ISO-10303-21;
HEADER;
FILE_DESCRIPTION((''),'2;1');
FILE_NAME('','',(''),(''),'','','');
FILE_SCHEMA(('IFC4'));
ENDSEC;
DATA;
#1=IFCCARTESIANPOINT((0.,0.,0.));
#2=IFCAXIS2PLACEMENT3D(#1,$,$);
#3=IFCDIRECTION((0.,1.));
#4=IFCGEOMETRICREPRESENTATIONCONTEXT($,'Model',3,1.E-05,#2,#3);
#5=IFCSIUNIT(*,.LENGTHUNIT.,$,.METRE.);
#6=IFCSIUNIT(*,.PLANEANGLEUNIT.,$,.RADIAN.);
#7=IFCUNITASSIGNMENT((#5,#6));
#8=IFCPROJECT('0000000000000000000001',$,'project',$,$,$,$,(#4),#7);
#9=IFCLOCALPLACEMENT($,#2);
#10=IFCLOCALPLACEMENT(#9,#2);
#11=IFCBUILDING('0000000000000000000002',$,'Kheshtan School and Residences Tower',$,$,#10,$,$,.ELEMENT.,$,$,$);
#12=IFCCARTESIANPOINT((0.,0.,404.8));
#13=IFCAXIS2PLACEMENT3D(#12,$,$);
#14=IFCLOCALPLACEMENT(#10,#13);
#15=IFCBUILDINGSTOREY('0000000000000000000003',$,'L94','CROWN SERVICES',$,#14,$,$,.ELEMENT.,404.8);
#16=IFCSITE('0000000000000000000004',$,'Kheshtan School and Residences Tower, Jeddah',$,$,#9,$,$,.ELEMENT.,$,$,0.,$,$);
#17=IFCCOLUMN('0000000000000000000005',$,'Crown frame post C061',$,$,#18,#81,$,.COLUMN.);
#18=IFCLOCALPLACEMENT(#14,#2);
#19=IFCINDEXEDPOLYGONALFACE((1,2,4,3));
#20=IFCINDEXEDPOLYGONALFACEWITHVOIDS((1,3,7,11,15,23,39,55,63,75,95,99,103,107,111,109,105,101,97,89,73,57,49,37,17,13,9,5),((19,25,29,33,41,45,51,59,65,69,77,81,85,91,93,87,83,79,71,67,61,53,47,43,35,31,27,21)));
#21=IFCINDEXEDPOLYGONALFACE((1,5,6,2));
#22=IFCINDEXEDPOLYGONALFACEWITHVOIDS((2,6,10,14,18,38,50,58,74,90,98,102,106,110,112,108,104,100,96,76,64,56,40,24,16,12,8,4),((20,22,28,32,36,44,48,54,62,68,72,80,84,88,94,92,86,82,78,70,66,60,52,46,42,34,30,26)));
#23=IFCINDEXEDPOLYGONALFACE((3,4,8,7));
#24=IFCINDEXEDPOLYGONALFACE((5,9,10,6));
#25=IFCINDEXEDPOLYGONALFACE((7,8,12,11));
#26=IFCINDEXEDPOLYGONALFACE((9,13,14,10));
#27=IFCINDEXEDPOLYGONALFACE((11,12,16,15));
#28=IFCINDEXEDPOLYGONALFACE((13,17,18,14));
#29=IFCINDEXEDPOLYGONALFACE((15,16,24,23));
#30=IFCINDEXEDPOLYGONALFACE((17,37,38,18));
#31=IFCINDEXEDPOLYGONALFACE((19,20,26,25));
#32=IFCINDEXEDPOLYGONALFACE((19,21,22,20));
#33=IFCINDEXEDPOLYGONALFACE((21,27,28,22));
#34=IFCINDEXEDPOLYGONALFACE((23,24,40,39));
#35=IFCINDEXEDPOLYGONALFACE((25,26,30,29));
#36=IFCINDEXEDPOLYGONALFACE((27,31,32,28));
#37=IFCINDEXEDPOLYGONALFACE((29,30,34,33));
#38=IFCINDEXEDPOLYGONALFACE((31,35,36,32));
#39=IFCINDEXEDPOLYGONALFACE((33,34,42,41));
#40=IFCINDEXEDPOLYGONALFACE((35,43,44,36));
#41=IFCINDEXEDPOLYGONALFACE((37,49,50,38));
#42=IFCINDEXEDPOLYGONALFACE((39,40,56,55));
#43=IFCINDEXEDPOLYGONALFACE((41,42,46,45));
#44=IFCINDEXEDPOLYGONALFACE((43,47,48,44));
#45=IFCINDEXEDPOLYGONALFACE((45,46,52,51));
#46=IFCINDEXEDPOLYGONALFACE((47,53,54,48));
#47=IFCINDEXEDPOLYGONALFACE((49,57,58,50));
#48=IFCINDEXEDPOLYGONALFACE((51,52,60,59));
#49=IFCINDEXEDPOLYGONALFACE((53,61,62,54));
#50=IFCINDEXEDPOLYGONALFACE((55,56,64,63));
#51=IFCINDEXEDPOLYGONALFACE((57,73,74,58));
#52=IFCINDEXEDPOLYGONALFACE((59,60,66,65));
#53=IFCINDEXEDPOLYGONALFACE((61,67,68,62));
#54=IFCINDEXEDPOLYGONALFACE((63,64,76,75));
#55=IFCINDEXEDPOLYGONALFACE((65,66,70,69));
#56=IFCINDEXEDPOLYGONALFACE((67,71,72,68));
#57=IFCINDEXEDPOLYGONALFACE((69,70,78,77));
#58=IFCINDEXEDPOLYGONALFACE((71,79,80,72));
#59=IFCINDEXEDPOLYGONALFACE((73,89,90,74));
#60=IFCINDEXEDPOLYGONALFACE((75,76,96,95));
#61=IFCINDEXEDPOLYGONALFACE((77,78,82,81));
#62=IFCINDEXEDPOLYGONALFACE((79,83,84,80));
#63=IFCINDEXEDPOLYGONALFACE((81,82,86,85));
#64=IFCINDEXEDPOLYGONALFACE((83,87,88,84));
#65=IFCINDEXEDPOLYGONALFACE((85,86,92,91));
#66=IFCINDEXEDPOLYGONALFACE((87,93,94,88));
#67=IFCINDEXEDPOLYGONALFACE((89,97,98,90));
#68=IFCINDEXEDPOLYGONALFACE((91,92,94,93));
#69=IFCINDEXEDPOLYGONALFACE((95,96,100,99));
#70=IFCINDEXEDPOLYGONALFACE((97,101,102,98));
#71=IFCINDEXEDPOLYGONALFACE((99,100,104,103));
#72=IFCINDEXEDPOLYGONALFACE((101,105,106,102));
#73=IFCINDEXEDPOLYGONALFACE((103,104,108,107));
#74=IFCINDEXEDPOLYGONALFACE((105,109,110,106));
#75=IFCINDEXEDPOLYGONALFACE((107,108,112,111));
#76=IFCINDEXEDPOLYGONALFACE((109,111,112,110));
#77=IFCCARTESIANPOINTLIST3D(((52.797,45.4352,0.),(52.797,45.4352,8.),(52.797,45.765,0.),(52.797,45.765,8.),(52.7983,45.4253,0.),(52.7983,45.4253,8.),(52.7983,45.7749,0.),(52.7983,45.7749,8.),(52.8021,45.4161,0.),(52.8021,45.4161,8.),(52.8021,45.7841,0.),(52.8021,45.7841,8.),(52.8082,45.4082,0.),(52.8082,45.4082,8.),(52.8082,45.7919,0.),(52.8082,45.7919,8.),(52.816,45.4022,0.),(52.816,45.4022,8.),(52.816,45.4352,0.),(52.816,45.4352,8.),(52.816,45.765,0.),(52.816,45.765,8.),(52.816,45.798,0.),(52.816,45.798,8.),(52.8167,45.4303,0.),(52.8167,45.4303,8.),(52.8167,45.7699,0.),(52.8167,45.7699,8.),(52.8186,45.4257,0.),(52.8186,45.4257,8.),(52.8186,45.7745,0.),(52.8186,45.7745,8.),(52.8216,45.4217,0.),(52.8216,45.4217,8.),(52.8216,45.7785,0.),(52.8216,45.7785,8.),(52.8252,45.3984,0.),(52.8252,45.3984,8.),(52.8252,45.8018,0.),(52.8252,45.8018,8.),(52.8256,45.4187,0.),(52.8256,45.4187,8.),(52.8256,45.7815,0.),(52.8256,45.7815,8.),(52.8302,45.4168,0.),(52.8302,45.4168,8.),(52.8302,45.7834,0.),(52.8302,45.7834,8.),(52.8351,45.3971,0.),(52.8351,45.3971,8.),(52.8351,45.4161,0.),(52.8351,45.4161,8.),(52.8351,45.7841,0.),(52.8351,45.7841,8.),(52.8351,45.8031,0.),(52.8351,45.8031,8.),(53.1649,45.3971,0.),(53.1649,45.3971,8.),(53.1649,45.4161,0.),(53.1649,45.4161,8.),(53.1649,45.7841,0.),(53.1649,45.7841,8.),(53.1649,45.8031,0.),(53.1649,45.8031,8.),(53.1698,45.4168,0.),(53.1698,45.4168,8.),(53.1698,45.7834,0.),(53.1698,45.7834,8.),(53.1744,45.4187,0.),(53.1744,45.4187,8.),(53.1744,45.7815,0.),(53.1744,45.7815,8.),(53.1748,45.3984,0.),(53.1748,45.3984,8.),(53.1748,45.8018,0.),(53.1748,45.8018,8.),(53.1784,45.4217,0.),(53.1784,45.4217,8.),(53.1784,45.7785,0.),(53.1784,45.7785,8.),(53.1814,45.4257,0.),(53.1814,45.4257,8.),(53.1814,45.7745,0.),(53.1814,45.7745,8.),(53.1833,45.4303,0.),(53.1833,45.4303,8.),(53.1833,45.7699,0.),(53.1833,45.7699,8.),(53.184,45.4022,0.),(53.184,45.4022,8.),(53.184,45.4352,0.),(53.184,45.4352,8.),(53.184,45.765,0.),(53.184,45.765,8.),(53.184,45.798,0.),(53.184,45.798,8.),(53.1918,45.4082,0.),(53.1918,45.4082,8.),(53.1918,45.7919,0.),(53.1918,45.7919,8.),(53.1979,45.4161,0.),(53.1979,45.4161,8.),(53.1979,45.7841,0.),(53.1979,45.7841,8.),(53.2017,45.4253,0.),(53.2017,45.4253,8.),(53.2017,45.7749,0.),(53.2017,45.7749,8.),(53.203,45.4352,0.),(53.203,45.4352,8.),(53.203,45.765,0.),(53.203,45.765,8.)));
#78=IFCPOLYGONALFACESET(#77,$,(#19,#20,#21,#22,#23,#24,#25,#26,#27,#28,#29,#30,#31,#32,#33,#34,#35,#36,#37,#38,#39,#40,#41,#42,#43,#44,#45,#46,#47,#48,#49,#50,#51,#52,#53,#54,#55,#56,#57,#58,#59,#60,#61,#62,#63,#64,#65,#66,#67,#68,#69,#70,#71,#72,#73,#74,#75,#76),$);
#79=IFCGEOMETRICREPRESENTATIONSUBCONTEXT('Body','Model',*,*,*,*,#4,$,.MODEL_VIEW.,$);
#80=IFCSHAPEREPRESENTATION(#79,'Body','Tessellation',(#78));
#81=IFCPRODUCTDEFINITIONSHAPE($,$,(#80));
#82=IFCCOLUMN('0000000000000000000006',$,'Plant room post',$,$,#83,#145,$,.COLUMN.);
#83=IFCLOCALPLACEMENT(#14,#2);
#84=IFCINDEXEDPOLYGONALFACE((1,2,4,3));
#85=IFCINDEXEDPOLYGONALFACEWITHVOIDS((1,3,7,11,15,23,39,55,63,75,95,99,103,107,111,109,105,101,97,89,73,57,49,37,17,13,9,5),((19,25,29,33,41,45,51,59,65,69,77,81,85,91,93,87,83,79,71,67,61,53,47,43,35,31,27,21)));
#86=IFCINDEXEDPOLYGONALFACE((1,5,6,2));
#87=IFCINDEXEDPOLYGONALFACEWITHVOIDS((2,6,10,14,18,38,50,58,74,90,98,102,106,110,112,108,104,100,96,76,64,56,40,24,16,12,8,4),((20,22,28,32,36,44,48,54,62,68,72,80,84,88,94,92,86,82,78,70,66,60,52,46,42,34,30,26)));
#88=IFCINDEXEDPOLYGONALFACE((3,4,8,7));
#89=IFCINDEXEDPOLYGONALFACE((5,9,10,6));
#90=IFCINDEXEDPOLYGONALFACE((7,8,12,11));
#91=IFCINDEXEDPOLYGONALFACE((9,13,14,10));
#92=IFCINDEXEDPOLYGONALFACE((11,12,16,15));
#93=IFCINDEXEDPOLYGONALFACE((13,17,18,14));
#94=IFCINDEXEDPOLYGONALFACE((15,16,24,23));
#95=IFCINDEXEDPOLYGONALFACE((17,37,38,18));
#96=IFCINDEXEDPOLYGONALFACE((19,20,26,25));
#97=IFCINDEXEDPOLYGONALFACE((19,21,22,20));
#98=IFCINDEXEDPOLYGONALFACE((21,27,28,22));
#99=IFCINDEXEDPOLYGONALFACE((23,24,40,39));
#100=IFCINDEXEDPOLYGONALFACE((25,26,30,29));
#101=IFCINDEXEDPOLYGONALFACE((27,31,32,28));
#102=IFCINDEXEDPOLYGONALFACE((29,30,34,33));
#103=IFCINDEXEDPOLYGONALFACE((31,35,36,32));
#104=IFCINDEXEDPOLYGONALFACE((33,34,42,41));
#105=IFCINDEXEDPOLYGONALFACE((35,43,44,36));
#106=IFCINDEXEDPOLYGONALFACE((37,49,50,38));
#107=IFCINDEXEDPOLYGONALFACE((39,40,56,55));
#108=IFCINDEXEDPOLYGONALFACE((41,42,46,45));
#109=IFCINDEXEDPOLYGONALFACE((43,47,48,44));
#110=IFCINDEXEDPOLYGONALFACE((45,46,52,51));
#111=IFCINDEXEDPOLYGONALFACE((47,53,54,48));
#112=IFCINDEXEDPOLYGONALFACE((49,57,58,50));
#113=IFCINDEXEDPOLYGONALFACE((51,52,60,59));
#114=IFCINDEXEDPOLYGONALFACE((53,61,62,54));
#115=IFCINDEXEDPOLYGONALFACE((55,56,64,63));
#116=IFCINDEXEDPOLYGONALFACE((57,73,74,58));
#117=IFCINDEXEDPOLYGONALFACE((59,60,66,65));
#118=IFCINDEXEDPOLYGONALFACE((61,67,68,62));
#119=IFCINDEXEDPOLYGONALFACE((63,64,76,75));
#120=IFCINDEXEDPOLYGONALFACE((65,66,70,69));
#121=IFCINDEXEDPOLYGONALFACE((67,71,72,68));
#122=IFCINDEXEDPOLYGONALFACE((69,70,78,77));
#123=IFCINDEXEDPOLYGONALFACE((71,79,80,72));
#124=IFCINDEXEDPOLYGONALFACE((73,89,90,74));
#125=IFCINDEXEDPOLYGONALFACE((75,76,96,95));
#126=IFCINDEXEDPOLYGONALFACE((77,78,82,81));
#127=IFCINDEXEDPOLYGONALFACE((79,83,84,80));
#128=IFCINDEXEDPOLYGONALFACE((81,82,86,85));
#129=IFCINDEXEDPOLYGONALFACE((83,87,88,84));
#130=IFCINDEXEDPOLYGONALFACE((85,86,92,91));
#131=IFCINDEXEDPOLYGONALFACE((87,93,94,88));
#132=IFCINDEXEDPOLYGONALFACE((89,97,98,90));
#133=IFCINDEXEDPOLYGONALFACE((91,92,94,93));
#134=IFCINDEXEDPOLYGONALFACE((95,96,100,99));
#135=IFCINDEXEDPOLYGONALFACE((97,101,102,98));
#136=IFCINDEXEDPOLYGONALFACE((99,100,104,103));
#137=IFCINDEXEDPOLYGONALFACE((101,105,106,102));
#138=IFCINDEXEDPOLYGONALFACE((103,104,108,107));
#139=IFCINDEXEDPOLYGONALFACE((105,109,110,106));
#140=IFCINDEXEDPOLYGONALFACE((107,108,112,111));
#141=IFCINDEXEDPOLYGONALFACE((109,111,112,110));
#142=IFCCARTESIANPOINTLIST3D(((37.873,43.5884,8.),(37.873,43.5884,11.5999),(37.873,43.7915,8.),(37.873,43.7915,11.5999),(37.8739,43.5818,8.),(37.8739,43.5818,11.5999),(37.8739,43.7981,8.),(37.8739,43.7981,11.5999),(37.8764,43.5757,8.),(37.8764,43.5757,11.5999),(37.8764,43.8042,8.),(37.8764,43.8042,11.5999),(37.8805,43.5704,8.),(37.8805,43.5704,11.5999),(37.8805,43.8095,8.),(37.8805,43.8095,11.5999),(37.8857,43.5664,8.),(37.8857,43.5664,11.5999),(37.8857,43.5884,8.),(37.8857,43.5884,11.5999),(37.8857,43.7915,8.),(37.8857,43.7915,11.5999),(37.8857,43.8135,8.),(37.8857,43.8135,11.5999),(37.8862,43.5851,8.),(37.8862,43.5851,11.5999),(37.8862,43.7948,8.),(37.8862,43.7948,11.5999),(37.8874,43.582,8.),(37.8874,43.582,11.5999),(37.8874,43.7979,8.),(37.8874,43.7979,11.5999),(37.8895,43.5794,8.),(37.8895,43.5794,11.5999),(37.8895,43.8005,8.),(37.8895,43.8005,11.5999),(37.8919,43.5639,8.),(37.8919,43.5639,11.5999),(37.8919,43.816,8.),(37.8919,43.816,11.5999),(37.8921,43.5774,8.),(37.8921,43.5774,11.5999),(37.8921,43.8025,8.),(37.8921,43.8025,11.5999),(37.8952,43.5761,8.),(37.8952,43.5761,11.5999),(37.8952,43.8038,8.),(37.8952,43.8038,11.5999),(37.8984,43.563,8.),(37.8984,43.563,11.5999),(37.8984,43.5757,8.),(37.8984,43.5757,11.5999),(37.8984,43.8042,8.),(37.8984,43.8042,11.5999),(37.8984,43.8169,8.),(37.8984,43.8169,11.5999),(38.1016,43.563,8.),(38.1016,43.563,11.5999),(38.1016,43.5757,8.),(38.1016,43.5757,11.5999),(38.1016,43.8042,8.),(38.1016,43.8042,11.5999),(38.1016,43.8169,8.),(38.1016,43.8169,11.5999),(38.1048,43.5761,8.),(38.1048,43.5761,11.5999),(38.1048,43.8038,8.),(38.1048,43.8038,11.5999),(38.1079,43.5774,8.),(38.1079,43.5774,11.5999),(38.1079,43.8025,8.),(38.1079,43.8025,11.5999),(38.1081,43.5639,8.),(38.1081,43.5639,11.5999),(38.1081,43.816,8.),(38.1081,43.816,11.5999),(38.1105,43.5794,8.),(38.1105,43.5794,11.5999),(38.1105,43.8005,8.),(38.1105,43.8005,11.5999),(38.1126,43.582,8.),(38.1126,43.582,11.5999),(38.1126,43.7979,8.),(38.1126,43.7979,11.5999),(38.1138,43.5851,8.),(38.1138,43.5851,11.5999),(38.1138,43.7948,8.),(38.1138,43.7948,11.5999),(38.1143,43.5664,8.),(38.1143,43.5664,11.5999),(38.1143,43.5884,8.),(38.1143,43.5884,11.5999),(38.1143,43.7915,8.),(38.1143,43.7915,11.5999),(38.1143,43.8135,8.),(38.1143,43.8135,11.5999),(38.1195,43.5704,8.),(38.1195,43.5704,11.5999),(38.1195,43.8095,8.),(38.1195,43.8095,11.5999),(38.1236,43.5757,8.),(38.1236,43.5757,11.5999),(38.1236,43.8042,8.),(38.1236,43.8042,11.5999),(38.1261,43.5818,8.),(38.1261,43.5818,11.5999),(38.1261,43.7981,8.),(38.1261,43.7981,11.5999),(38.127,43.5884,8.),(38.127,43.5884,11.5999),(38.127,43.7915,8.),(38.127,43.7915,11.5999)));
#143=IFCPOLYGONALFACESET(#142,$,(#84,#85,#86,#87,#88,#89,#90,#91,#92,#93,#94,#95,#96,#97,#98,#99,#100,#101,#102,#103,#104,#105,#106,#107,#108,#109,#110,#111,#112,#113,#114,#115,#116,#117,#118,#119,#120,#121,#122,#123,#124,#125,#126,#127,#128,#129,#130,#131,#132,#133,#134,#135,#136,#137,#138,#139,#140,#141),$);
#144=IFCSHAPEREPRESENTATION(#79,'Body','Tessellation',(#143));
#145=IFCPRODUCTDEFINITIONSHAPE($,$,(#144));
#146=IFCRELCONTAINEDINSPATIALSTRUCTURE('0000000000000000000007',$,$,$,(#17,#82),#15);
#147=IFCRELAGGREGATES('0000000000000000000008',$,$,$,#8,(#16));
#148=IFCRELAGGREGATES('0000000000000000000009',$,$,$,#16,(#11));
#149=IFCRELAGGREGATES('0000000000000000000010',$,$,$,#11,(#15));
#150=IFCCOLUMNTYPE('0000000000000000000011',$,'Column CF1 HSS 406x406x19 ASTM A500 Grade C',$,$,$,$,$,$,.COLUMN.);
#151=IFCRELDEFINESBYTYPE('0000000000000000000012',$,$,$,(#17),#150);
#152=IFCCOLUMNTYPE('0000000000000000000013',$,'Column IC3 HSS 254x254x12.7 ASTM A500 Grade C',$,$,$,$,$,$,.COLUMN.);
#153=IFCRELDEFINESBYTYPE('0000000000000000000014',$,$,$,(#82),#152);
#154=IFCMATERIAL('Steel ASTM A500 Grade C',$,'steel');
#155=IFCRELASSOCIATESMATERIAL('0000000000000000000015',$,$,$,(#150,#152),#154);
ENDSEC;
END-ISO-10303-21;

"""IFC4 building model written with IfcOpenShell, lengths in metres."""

from ifc_helpers import new_model, si_unit, direction, frame, origin, origin_2d, place, context, subcontext, project, spatial, hollow_rectangle, extrude, material, material_profile, profile_set, type_object, element, save


model = new_model("IFC4")

# Units and contexts
model_context = context("Model", 3, precision=1e-05, world=origin(), true_north=direction((0.0, 1.0)))
body_context = subcontext(model_context, "Body", "Model", "MODEL_VIEW")
ifc_project = project(units=[si_unit("LENGTHUNIT", "METRE"), si_unit("PLANEANGLEUNIT", "RADIAN")], contexts=[model_context])

# Site, building, storey
site_placement = place(None, origin())
site = spatial("IfcSite", under=ifc_project, at=site_placement, Name="Kheshtan School and Residences Tower, Jeddah", CompositionType="ELEMENT", RefElevation=0.0)
building_placement = place(site_placement, origin())
building = spatial("IfcBuilding", under=site, at=building_placement, Name="Kheshtan School and Residences Tower", CompositionType="ELEMENT")
storey_placement = place(building_placement, frame((0.0, 0.0, 404.8)))
storey = spatial("IfcBuildingStorey", under=building, at=storey_placement, Name="L94", Description="CROWN SERVICES", CompositionType="ELEMENT", Elevation=404.8)

# Columns
ifc_material_1 = material(Name="Steel ASTM A500 Grade C", Category="steel")
ifc_material_profile_1 = material_profile(ifc_material_1, hollow_rectangle(XDim=0.406, YDim=0.406, WallThickness=0.019, InnerFilletRadius=0.019, OuterFilletRadius=0.0381, at=origin_2d()), Name="HSS 406x406x19")
ifc_profile_set_1 = profile_set([ifc_material_profile_1], Name="Steel ASTM A500 Grade C")
column_type_1 = type_object("IfcColumnType", Name="Column CF1 HSS 406x406x19 ASTM A500 Grade C", PredefinedType="COLUMN", material=ifc_profile_set_1)
column_placement = place(storey_placement, frame((53.0, 45.6001, 0.0), z_axis=(0.0, 0.0, 1.0), x_axis=(1.0, 0.0, 0.0)))
element("IfcColumn", 1, at=column_placement, inside=storey, type_object=column_type_1, Name="Crown frame post C061", PredefinedType="COLUMN", context=body_context, shape_type="SweptSolid", body=[
    extrude(hollow_rectangle(XDim=0.406, YDim=0.406, WallThickness=0.019, InnerFilletRadius=0.019, OuterFilletRadius=0.0381, at=origin_2d()), origin(), (0.0, 0.0, 1.0), 8.0),
])
ifc_material_profile_2 = material_profile(ifc_material_1, hollow_rectangle(XDim=0.2539, YDim=0.2539, WallThickness=0.0127, InnerFilletRadius=0.0127, OuterFilletRadius=0.0254, at=origin_2d()), Name="HSS 254x254x12.7")
ifc_profile_set_2 = profile_set([ifc_material_profile_2], Name="Steel ASTM A500 Grade C")
column_type_2 = type_object("IfcColumnType", Name="Column IC3 HSS 254x254x12.7 ASTM A500 Grade C", PredefinedType="COLUMN", material=ifc_profile_set_2)
for number, where, z_axis, x_axis, name in (
    (2, (38.0, 43.6899, 8.0), (0.0, 0.0, 1.0), (1.0, 0.0, 0.0), "Plant room post"),
):
    element("IfcColumn", number, at=place(storey_placement, frame(where, z_axis=z_axis, x_axis=x_axis)), inside=storey, type_object=column_type_2, Name=name, PredefinedType="COLUMN", context=body_context, shape_type="SweptSolid", body=[
        extrude(hollow_rectangle(XDim=0.2539, YDim=0.2539, WallThickness=0.0127, InnerFilletRadius=0.0127, OuterFilletRadius=0.0254, at=origin_2d()), origin(), (0.0, 0.0, 1.0), 3.5999),
    ])

save(model, "model.ifc")
